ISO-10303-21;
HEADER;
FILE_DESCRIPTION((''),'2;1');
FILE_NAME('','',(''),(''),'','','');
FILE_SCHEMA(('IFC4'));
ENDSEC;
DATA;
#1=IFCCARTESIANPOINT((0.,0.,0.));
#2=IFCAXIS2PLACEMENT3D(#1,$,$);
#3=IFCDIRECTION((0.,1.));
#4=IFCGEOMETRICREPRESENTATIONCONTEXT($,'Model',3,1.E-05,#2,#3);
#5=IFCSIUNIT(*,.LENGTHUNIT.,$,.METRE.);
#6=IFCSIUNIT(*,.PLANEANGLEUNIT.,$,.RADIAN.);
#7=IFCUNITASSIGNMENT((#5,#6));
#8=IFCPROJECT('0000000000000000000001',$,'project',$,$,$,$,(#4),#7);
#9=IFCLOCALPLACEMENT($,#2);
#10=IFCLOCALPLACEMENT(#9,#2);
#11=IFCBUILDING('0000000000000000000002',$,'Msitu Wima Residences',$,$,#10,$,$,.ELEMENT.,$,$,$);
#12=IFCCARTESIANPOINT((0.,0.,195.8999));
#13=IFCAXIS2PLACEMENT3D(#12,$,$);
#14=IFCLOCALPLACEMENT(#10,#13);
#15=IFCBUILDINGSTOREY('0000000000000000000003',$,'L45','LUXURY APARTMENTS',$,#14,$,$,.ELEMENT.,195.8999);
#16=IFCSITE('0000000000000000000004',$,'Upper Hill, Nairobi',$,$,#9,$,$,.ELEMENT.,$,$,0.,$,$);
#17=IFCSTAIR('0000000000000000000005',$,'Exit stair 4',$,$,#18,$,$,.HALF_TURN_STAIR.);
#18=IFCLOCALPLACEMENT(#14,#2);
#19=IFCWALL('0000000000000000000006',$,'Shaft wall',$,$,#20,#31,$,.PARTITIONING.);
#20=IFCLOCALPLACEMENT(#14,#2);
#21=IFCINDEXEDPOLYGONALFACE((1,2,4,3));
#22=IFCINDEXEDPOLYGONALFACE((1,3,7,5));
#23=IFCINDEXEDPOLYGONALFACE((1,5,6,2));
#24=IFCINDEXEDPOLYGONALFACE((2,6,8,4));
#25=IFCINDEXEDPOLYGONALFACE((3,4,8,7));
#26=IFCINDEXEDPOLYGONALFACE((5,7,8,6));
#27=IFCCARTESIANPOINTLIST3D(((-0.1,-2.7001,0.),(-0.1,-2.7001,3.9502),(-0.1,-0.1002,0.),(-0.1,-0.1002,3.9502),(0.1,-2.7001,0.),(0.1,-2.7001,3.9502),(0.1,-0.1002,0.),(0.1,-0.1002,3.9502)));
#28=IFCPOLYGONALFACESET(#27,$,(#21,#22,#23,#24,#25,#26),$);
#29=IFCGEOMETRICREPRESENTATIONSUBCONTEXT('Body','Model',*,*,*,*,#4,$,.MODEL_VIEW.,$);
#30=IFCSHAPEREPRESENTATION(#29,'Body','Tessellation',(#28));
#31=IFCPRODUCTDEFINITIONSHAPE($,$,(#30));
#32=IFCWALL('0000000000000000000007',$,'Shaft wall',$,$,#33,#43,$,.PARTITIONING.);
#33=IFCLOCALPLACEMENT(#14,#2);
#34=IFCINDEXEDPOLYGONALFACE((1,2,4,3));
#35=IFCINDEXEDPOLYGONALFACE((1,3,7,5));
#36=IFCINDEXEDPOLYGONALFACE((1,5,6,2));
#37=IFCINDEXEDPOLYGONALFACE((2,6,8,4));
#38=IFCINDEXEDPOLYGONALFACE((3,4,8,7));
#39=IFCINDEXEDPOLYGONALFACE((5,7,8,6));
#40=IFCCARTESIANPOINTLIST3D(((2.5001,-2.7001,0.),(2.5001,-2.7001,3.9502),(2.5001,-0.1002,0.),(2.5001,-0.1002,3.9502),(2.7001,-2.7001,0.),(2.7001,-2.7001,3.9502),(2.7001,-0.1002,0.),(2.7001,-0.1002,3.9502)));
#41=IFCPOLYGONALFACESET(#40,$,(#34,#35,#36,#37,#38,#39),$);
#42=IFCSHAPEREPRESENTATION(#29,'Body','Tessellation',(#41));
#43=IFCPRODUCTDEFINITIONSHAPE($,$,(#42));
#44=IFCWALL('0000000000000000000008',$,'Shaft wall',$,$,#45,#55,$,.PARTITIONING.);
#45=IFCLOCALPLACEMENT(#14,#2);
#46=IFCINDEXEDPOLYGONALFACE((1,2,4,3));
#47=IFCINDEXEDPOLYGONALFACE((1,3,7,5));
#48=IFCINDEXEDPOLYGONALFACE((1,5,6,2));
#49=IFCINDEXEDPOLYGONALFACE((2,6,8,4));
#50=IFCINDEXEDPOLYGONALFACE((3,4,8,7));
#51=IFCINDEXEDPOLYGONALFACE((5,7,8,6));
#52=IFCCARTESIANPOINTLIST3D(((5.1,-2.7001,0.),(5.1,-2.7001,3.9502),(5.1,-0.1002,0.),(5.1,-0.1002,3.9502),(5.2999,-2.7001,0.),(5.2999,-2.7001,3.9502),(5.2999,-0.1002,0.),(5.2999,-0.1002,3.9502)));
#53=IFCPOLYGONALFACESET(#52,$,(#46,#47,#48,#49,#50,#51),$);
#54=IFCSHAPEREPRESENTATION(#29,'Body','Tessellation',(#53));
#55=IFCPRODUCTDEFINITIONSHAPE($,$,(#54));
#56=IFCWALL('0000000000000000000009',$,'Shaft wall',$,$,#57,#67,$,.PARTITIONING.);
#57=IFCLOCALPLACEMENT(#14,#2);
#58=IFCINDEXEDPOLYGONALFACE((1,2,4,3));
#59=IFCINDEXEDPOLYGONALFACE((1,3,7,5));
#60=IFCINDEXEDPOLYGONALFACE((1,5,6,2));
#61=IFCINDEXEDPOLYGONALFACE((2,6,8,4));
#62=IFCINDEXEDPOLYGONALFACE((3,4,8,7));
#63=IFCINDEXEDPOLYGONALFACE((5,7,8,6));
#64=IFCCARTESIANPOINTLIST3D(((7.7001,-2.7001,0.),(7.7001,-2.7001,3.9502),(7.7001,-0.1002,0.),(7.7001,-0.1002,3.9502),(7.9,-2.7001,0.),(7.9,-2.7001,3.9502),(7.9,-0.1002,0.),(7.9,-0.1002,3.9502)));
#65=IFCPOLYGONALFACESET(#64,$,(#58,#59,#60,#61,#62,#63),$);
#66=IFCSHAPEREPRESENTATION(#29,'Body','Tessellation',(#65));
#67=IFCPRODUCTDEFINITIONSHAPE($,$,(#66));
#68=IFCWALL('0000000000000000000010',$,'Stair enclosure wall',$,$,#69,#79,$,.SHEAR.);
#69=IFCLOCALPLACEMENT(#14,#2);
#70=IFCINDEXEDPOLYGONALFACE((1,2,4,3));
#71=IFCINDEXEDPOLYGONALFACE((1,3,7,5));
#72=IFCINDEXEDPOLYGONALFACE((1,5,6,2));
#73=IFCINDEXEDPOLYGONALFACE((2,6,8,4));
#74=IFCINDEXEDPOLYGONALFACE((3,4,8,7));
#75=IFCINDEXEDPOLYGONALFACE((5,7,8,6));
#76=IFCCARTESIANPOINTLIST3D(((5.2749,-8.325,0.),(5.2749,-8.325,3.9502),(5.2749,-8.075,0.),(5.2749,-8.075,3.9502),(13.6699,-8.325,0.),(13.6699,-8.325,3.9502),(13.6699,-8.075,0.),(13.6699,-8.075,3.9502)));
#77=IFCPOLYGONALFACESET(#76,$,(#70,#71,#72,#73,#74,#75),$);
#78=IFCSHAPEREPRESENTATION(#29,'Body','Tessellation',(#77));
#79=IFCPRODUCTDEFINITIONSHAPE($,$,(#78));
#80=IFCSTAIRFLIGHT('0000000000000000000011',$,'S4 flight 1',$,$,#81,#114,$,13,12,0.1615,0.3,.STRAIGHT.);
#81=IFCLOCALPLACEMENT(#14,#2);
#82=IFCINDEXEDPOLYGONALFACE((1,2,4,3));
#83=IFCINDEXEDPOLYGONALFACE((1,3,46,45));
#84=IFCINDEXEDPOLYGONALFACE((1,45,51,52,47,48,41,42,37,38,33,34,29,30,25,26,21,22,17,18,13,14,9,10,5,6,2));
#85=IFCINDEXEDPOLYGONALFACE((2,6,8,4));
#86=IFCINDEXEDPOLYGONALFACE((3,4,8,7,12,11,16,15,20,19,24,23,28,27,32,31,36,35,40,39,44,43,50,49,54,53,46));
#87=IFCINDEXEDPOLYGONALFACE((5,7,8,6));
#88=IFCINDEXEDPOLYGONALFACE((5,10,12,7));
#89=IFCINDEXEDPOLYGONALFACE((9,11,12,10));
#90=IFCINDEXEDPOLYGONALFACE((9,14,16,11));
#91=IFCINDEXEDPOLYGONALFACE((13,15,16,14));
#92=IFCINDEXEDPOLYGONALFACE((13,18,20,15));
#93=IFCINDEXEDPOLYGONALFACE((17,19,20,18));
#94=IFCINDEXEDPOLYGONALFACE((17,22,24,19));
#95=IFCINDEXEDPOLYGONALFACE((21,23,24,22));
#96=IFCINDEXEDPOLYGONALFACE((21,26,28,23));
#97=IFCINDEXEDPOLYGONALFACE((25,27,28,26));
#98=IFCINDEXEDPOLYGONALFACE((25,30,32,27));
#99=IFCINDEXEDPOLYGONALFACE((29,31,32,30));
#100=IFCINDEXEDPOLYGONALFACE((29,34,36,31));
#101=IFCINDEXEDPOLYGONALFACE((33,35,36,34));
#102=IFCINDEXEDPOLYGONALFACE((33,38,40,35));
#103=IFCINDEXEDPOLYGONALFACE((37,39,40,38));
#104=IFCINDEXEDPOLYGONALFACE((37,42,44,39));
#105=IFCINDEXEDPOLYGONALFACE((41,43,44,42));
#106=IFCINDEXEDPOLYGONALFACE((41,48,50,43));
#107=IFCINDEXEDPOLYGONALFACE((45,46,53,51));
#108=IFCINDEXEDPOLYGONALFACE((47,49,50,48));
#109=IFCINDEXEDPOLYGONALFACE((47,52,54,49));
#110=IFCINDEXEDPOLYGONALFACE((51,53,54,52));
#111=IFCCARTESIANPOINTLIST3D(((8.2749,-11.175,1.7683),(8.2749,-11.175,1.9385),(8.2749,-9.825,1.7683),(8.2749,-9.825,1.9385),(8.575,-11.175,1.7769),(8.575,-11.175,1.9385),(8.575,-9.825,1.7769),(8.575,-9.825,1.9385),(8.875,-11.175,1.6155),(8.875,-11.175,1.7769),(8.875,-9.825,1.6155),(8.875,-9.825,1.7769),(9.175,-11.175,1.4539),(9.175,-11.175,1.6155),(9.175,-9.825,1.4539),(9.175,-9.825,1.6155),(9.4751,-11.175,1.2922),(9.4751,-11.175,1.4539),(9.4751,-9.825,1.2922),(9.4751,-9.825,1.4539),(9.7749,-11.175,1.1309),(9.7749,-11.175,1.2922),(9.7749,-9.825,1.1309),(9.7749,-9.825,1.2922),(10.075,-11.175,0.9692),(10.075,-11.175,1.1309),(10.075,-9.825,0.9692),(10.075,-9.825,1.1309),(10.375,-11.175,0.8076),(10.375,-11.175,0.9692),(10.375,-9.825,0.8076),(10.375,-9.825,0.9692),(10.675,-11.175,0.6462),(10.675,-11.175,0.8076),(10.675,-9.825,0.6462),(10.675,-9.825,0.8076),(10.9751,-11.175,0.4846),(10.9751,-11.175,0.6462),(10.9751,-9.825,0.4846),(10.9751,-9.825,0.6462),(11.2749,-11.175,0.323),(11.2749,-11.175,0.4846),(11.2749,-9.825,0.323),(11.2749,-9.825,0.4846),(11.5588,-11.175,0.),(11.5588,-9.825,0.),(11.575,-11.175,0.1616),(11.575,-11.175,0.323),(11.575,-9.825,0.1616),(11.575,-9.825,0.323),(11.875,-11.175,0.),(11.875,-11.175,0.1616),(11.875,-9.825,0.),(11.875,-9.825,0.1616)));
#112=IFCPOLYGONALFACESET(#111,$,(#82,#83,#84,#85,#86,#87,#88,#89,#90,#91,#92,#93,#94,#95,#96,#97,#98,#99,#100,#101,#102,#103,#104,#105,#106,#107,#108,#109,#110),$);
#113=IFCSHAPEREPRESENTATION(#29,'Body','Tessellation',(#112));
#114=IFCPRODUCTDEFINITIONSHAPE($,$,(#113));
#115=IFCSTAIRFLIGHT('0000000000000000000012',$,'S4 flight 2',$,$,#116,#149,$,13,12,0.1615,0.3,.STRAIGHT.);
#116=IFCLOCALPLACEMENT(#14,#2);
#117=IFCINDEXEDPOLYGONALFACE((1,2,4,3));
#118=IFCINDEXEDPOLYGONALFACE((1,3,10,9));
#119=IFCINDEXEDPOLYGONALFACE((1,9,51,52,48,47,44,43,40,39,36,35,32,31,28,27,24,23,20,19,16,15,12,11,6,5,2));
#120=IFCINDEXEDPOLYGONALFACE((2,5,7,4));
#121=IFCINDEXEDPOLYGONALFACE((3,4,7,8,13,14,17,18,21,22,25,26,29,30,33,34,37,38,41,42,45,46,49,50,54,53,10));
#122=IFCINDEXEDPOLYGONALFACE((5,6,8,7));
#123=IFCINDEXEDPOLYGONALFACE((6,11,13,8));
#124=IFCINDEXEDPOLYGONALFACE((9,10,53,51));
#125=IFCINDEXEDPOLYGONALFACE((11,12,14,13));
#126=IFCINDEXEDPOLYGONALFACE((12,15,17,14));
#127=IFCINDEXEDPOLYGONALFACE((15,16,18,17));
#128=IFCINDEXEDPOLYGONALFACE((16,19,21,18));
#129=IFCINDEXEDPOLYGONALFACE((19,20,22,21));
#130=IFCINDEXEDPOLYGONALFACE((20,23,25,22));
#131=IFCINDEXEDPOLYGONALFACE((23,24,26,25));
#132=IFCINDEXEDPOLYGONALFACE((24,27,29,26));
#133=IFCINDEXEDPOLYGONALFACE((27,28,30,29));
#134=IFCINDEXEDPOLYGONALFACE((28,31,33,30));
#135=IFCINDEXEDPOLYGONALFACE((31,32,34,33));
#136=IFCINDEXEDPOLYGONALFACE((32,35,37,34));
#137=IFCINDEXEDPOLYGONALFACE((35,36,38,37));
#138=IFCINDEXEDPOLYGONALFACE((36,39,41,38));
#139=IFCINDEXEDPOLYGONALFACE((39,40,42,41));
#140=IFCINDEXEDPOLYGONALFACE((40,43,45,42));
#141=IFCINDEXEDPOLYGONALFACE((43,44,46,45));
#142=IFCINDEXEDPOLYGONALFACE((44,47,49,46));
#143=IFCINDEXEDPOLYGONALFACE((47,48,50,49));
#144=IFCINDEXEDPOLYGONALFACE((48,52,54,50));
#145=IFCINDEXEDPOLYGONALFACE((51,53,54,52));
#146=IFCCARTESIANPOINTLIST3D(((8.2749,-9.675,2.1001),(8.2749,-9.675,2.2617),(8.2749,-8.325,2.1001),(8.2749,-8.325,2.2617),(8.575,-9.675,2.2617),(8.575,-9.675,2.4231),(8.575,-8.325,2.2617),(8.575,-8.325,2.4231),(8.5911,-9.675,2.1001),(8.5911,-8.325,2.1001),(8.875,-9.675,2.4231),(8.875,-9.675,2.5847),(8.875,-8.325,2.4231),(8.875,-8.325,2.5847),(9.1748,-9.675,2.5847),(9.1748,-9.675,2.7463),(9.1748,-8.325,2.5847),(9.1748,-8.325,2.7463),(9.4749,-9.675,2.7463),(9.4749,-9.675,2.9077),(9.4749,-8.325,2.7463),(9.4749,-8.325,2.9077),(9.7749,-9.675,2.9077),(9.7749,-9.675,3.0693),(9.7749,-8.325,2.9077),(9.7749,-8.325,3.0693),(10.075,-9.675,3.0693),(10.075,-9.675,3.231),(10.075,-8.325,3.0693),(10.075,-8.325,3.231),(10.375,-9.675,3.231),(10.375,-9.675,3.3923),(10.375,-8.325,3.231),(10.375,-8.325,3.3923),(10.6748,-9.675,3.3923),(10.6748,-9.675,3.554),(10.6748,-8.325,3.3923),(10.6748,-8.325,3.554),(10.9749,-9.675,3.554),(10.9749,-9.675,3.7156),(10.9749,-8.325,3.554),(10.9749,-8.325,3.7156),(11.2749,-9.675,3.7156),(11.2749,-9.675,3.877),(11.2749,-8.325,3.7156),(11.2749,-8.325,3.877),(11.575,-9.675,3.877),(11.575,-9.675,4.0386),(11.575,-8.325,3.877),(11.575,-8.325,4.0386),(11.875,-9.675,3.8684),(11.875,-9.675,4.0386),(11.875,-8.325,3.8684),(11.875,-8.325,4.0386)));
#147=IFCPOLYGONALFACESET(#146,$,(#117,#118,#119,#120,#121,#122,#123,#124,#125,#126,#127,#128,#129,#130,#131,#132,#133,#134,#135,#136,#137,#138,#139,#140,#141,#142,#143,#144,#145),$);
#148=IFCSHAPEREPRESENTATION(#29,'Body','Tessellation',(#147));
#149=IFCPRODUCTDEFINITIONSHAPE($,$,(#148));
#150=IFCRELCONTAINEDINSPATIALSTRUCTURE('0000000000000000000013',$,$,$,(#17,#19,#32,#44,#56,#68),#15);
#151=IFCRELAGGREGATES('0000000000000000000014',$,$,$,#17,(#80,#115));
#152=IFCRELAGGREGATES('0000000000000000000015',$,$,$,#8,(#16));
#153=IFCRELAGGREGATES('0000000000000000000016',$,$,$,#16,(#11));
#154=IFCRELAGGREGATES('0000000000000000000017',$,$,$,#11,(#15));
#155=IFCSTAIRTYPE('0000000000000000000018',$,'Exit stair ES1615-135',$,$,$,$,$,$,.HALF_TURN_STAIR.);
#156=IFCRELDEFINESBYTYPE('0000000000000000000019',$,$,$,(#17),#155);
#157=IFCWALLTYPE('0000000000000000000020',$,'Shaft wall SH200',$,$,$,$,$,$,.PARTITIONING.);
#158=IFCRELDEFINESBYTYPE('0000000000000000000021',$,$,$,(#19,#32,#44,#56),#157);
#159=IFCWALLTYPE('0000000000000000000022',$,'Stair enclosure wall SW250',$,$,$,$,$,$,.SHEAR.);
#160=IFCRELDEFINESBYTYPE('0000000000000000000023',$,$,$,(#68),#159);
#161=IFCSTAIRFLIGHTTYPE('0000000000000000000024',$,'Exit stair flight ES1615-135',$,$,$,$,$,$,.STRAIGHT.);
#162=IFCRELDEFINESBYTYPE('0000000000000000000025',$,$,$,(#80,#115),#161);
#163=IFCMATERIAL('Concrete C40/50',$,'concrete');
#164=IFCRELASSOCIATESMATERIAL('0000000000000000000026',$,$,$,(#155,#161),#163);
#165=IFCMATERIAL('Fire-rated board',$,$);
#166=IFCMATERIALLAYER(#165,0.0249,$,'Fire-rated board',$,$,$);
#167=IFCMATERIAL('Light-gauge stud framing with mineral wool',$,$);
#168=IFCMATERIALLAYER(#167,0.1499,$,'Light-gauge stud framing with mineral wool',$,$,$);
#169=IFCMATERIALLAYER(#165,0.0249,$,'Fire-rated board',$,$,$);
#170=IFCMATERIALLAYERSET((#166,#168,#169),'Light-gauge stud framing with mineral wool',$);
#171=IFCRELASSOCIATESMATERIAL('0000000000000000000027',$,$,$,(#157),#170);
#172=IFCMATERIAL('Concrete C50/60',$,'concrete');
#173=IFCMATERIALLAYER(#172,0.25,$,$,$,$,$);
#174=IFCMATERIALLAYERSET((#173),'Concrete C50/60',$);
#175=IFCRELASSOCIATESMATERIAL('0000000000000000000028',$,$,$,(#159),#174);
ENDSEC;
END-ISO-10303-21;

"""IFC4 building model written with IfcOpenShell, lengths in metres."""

from ifc_helpers import new_model, si_unit, direction, frame, frame_2d, origin, place, context, subcontext, project, spatial, polyline, rectangle, outline, extrude, material, layer, layer_set, type_object, element, aggregate, save


model = new_model("IFC4")

# Units and contexts
model_context = context("Model", 3, precision=1e-05, world=origin(), true_north=direction((0.0, 1.0)))
body_context = subcontext(model_context, "Body", "Model", "MODEL_VIEW")
ifc_project = project(units=[si_unit("LENGTHUNIT", "METRE"), si_unit("PLANEANGLEUNIT", "RADIAN")], contexts=[model_context])

# Site, building, storey
site_placement = place(None, origin())
site = spatial("IfcSite", under=ifc_project, at=site_placement, Name="Upper Hill, Nairobi", CompositionType="ELEMENT", RefElevation=0.0)
building_placement = place(site_placement, origin())
building = spatial("IfcBuilding", under=site, at=building_placement, Name="Msitu Wima Residences", CompositionType="ELEMENT")
storey_placement = place(building_placement, frame((0.0, 0.0, 195.8999)))
storey = spatial("IfcBuildingStorey", under=building, at=storey_placement, Name="L45", Description="LUXURY APARTMENTS", CompositionType="ELEMENT", Elevation=195.8999)

# Shared definitions
ifc_material_1 = material(Name="Concrete C40/50", Category="concrete")

# Stair
stair_type = type_object("IfcStairType", Name="Exit stair ES1615-135", PredefinedType="HALF_TURN_STAIR", material=ifc_material_1)
stair_1_placement = place(storey_placement, origin())
stair_1 = element("IfcStair", 1, at=stair_1_placement, inside=storey, type_object=stair_type, Name="Exit stair 4", PredefinedType="HALF_TURN_STAIR")

# Walls
ifc_material_2 = material(Name="Fire-rated board")
ifc_layer_1 = layer(ifc_material_2, 0.0249, Name="Fire-rated board")
ifc_material_3 = material(Name="Light-gauge stud framing with mineral wool")
ifc_layer_2 = layer(ifc_material_3, 0.1499, Name="Light-gauge stud framing with mineral wool")
ifc_layer_3 = layer(ifc_material_2, 0.0249, Name="Fire-rated board")
ifc_layer_set_1 = layer_set([ifc_layer_1, ifc_layer_2, ifc_layer_3], Name="Light-gauge stud framing with mineral wool")
wall_type_1 = type_object("IfcWallType", Name="Shaft wall SH200", PredefinedType="PARTITIONING", material=ifc_layer_set_1)
for number, where, z_axis, x_axis, name in (
    (2, (0.0, -2.7, 0.0), (0.0, 0.0, 1.0), (0.0, 1.0, 0.0), "Shaft wall"),
    (3, (2.6001, -2.7, 0.0), (0.0, 0.0, 1.0), (0.0, 1.0, 0.0), "Shaft wall"),
    (4, (5.2, -2.7, 0.0), (0.0, 0.0, 1.0), (0.0, 1.0, 0.0), "Shaft wall"),
    (5, (7.8, -2.7, 0.0), (0.0, 0.0, 1.0), (0.0, 1.0, 0.0), "Shaft wall"),
):
    element("IfcWall", number, at=place(storey_placement, frame(where, z_axis=z_axis, x_axis=x_axis)), inside=storey, type_object=wall_type_1, Name=name, PredefinedType="PARTITIONING", context=body_context, shape_type="SweptSolid", body=[
        extrude(rectangle(XDim=2.5999, YDim=0.2, at=frame_2d((1.2998, 0.0))), origin(), (0.0, 0.0, 1.0), 3.9502),
    ])
ifc_material_4 = material(Name="Concrete C50/60", Category="concrete")
ifc_layer_4 = layer(ifc_material_4, 0.25)
ifc_layer_set_2 = layer_set([ifc_layer_4], Name="Concrete C50/60")
wall_type_2 = type_object("IfcWallType", Name="Stair enclosure wall SW250", PredefinedType="SHEAR", material=ifc_layer_set_2)
wall_1_placement = place(storey_placement, frame((5.2749, -8.2, 0.0), z_axis=(0.0, 0.0, 1.0), x_axis=(1.0, 0.0, 0.0)))
element("IfcWall", 6, at=wall_1_placement, inside=storey, type_object=wall_type_2, Name="Stair enclosure wall", PredefinedType="SHEAR", context=body_context, shape_type="SweptSolid", body=[
    extrude(rectangle(XDim=8.395, YDim=0.25, at=frame_2d((4.1975, 0.0))), origin(), (0.0, 0.0, 1.0), 3.9502),
])

# Stair flights
stair_flight_type = type_object("IfcStairFlightType", Name="Exit stair flight ES1615-135", PredefinedType="STRAIGHT", material=ifc_material_1)
stair_flight_1_placement = place(storey_placement, frame((11.875, -10.5, 0.0), z_axis=(0.0, 0.0, 1.0), x_axis=(-1.0, 0.0, 0.0)))
stair_flight_1 = element("IfcStairFlight", 7, at=stair_flight_1_placement, type_object=stair_flight_type, Name="S4 flight 1", NumberOfRisers=13, NumberOfTreads=12, PredefinedType="STRAIGHT", RiserHeight=0.1615, TreadLength=0.3, context=body_context, shape_type="SweptSolid", body=[
    extrude(outline(polyline([(0.0, 0.0), (0.0, 0.1616), (0.3, 0.1616), (0.3, 0.323), (0.6001, 0.323), (0.6001, 0.4846), (0.8999, 0.4846), (0.8999, 0.6462), (1.2, 0.6462), (1.2, 0.8076), (1.5, 0.8076), (1.5, 0.9692), (1.8, 0.9692), (1.8, 1.1309), (2.1001, 1.1309), (2.1001, 1.2922), (2.3999, 1.2922), (2.3999, 1.4539), (2.7, 1.4539), (2.7, 1.6155), (3.0, 1.6155), (3.0, 1.7769), (3.3, 1.7769), (3.3, 1.9385), (3.6001, 1.9385), (3.6001, 2.1001), (3.6001, 1.7683), (0.3162, 0.0), (0.0, 0.0)])), frame((0.0, 0.675, 0.0), z_axis=(0.0, -1.0, 0.0), x_axis=(1.0, 0.0, 0.0)), (0.0, 0.0, 1.0), 1.3501),
])
stair_flight_2_placement = place(storey_placement, frame((8.2749, -9.0, 2.1001), z_axis=(0.0, 0.0, 1.0), x_axis=(1.0, 0.0, 0.0)))
stair_flight_2 = element("IfcStairFlight", 8, at=stair_flight_2_placement, type_object=stair_flight_type, Name="S4 flight 2", NumberOfRisers=13, NumberOfTreads=12, PredefinedType="STRAIGHT", RiserHeight=0.1615, TreadLength=0.3, context=body_context, shape_type="SweptSolid", body=[
    extrude(outline(polyline([(0.0, 0.0), (0.0, 0.1616), (0.3, 0.1616), (0.3, 0.323), (0.6001, 0.323), (0.6001, 0.4846), (0.8999, 0.4846), (0.8999, 0.6462), (1.2, 0.6462), (1.2, 0.8076), (1.5, 0.8076), (1.5, 0.9692), (1.8, 0.9692), (1.8, 1.1309), (2.1001, 1.1309), (2.1001, 1.2922), (2.3999, 1.2922), (2.3999, 1.4539), (2.7, 1.4539), (2.7, 1.6155), (3.0, 1.6155), (3.0, 1.7769), (3.3, 1.7769), (3.3, 1.9385), (3.6001, 1.9385), (3.6001, 2.1001), (3.6001, 1.7683), (0.3162, 0.0), (0.0, 0.0)])), frame((0.0, 0.675, 0.0), z_axis=(0.0, -1.0, 0.0), x_axis=(1.0, 0.0, 0.0)), (0.0, 0.0, 1.0), 1.3501),
])
aggregate(stair_1, [stair_flight_1, stair_flight_2])

save(model, "model.ifc")
